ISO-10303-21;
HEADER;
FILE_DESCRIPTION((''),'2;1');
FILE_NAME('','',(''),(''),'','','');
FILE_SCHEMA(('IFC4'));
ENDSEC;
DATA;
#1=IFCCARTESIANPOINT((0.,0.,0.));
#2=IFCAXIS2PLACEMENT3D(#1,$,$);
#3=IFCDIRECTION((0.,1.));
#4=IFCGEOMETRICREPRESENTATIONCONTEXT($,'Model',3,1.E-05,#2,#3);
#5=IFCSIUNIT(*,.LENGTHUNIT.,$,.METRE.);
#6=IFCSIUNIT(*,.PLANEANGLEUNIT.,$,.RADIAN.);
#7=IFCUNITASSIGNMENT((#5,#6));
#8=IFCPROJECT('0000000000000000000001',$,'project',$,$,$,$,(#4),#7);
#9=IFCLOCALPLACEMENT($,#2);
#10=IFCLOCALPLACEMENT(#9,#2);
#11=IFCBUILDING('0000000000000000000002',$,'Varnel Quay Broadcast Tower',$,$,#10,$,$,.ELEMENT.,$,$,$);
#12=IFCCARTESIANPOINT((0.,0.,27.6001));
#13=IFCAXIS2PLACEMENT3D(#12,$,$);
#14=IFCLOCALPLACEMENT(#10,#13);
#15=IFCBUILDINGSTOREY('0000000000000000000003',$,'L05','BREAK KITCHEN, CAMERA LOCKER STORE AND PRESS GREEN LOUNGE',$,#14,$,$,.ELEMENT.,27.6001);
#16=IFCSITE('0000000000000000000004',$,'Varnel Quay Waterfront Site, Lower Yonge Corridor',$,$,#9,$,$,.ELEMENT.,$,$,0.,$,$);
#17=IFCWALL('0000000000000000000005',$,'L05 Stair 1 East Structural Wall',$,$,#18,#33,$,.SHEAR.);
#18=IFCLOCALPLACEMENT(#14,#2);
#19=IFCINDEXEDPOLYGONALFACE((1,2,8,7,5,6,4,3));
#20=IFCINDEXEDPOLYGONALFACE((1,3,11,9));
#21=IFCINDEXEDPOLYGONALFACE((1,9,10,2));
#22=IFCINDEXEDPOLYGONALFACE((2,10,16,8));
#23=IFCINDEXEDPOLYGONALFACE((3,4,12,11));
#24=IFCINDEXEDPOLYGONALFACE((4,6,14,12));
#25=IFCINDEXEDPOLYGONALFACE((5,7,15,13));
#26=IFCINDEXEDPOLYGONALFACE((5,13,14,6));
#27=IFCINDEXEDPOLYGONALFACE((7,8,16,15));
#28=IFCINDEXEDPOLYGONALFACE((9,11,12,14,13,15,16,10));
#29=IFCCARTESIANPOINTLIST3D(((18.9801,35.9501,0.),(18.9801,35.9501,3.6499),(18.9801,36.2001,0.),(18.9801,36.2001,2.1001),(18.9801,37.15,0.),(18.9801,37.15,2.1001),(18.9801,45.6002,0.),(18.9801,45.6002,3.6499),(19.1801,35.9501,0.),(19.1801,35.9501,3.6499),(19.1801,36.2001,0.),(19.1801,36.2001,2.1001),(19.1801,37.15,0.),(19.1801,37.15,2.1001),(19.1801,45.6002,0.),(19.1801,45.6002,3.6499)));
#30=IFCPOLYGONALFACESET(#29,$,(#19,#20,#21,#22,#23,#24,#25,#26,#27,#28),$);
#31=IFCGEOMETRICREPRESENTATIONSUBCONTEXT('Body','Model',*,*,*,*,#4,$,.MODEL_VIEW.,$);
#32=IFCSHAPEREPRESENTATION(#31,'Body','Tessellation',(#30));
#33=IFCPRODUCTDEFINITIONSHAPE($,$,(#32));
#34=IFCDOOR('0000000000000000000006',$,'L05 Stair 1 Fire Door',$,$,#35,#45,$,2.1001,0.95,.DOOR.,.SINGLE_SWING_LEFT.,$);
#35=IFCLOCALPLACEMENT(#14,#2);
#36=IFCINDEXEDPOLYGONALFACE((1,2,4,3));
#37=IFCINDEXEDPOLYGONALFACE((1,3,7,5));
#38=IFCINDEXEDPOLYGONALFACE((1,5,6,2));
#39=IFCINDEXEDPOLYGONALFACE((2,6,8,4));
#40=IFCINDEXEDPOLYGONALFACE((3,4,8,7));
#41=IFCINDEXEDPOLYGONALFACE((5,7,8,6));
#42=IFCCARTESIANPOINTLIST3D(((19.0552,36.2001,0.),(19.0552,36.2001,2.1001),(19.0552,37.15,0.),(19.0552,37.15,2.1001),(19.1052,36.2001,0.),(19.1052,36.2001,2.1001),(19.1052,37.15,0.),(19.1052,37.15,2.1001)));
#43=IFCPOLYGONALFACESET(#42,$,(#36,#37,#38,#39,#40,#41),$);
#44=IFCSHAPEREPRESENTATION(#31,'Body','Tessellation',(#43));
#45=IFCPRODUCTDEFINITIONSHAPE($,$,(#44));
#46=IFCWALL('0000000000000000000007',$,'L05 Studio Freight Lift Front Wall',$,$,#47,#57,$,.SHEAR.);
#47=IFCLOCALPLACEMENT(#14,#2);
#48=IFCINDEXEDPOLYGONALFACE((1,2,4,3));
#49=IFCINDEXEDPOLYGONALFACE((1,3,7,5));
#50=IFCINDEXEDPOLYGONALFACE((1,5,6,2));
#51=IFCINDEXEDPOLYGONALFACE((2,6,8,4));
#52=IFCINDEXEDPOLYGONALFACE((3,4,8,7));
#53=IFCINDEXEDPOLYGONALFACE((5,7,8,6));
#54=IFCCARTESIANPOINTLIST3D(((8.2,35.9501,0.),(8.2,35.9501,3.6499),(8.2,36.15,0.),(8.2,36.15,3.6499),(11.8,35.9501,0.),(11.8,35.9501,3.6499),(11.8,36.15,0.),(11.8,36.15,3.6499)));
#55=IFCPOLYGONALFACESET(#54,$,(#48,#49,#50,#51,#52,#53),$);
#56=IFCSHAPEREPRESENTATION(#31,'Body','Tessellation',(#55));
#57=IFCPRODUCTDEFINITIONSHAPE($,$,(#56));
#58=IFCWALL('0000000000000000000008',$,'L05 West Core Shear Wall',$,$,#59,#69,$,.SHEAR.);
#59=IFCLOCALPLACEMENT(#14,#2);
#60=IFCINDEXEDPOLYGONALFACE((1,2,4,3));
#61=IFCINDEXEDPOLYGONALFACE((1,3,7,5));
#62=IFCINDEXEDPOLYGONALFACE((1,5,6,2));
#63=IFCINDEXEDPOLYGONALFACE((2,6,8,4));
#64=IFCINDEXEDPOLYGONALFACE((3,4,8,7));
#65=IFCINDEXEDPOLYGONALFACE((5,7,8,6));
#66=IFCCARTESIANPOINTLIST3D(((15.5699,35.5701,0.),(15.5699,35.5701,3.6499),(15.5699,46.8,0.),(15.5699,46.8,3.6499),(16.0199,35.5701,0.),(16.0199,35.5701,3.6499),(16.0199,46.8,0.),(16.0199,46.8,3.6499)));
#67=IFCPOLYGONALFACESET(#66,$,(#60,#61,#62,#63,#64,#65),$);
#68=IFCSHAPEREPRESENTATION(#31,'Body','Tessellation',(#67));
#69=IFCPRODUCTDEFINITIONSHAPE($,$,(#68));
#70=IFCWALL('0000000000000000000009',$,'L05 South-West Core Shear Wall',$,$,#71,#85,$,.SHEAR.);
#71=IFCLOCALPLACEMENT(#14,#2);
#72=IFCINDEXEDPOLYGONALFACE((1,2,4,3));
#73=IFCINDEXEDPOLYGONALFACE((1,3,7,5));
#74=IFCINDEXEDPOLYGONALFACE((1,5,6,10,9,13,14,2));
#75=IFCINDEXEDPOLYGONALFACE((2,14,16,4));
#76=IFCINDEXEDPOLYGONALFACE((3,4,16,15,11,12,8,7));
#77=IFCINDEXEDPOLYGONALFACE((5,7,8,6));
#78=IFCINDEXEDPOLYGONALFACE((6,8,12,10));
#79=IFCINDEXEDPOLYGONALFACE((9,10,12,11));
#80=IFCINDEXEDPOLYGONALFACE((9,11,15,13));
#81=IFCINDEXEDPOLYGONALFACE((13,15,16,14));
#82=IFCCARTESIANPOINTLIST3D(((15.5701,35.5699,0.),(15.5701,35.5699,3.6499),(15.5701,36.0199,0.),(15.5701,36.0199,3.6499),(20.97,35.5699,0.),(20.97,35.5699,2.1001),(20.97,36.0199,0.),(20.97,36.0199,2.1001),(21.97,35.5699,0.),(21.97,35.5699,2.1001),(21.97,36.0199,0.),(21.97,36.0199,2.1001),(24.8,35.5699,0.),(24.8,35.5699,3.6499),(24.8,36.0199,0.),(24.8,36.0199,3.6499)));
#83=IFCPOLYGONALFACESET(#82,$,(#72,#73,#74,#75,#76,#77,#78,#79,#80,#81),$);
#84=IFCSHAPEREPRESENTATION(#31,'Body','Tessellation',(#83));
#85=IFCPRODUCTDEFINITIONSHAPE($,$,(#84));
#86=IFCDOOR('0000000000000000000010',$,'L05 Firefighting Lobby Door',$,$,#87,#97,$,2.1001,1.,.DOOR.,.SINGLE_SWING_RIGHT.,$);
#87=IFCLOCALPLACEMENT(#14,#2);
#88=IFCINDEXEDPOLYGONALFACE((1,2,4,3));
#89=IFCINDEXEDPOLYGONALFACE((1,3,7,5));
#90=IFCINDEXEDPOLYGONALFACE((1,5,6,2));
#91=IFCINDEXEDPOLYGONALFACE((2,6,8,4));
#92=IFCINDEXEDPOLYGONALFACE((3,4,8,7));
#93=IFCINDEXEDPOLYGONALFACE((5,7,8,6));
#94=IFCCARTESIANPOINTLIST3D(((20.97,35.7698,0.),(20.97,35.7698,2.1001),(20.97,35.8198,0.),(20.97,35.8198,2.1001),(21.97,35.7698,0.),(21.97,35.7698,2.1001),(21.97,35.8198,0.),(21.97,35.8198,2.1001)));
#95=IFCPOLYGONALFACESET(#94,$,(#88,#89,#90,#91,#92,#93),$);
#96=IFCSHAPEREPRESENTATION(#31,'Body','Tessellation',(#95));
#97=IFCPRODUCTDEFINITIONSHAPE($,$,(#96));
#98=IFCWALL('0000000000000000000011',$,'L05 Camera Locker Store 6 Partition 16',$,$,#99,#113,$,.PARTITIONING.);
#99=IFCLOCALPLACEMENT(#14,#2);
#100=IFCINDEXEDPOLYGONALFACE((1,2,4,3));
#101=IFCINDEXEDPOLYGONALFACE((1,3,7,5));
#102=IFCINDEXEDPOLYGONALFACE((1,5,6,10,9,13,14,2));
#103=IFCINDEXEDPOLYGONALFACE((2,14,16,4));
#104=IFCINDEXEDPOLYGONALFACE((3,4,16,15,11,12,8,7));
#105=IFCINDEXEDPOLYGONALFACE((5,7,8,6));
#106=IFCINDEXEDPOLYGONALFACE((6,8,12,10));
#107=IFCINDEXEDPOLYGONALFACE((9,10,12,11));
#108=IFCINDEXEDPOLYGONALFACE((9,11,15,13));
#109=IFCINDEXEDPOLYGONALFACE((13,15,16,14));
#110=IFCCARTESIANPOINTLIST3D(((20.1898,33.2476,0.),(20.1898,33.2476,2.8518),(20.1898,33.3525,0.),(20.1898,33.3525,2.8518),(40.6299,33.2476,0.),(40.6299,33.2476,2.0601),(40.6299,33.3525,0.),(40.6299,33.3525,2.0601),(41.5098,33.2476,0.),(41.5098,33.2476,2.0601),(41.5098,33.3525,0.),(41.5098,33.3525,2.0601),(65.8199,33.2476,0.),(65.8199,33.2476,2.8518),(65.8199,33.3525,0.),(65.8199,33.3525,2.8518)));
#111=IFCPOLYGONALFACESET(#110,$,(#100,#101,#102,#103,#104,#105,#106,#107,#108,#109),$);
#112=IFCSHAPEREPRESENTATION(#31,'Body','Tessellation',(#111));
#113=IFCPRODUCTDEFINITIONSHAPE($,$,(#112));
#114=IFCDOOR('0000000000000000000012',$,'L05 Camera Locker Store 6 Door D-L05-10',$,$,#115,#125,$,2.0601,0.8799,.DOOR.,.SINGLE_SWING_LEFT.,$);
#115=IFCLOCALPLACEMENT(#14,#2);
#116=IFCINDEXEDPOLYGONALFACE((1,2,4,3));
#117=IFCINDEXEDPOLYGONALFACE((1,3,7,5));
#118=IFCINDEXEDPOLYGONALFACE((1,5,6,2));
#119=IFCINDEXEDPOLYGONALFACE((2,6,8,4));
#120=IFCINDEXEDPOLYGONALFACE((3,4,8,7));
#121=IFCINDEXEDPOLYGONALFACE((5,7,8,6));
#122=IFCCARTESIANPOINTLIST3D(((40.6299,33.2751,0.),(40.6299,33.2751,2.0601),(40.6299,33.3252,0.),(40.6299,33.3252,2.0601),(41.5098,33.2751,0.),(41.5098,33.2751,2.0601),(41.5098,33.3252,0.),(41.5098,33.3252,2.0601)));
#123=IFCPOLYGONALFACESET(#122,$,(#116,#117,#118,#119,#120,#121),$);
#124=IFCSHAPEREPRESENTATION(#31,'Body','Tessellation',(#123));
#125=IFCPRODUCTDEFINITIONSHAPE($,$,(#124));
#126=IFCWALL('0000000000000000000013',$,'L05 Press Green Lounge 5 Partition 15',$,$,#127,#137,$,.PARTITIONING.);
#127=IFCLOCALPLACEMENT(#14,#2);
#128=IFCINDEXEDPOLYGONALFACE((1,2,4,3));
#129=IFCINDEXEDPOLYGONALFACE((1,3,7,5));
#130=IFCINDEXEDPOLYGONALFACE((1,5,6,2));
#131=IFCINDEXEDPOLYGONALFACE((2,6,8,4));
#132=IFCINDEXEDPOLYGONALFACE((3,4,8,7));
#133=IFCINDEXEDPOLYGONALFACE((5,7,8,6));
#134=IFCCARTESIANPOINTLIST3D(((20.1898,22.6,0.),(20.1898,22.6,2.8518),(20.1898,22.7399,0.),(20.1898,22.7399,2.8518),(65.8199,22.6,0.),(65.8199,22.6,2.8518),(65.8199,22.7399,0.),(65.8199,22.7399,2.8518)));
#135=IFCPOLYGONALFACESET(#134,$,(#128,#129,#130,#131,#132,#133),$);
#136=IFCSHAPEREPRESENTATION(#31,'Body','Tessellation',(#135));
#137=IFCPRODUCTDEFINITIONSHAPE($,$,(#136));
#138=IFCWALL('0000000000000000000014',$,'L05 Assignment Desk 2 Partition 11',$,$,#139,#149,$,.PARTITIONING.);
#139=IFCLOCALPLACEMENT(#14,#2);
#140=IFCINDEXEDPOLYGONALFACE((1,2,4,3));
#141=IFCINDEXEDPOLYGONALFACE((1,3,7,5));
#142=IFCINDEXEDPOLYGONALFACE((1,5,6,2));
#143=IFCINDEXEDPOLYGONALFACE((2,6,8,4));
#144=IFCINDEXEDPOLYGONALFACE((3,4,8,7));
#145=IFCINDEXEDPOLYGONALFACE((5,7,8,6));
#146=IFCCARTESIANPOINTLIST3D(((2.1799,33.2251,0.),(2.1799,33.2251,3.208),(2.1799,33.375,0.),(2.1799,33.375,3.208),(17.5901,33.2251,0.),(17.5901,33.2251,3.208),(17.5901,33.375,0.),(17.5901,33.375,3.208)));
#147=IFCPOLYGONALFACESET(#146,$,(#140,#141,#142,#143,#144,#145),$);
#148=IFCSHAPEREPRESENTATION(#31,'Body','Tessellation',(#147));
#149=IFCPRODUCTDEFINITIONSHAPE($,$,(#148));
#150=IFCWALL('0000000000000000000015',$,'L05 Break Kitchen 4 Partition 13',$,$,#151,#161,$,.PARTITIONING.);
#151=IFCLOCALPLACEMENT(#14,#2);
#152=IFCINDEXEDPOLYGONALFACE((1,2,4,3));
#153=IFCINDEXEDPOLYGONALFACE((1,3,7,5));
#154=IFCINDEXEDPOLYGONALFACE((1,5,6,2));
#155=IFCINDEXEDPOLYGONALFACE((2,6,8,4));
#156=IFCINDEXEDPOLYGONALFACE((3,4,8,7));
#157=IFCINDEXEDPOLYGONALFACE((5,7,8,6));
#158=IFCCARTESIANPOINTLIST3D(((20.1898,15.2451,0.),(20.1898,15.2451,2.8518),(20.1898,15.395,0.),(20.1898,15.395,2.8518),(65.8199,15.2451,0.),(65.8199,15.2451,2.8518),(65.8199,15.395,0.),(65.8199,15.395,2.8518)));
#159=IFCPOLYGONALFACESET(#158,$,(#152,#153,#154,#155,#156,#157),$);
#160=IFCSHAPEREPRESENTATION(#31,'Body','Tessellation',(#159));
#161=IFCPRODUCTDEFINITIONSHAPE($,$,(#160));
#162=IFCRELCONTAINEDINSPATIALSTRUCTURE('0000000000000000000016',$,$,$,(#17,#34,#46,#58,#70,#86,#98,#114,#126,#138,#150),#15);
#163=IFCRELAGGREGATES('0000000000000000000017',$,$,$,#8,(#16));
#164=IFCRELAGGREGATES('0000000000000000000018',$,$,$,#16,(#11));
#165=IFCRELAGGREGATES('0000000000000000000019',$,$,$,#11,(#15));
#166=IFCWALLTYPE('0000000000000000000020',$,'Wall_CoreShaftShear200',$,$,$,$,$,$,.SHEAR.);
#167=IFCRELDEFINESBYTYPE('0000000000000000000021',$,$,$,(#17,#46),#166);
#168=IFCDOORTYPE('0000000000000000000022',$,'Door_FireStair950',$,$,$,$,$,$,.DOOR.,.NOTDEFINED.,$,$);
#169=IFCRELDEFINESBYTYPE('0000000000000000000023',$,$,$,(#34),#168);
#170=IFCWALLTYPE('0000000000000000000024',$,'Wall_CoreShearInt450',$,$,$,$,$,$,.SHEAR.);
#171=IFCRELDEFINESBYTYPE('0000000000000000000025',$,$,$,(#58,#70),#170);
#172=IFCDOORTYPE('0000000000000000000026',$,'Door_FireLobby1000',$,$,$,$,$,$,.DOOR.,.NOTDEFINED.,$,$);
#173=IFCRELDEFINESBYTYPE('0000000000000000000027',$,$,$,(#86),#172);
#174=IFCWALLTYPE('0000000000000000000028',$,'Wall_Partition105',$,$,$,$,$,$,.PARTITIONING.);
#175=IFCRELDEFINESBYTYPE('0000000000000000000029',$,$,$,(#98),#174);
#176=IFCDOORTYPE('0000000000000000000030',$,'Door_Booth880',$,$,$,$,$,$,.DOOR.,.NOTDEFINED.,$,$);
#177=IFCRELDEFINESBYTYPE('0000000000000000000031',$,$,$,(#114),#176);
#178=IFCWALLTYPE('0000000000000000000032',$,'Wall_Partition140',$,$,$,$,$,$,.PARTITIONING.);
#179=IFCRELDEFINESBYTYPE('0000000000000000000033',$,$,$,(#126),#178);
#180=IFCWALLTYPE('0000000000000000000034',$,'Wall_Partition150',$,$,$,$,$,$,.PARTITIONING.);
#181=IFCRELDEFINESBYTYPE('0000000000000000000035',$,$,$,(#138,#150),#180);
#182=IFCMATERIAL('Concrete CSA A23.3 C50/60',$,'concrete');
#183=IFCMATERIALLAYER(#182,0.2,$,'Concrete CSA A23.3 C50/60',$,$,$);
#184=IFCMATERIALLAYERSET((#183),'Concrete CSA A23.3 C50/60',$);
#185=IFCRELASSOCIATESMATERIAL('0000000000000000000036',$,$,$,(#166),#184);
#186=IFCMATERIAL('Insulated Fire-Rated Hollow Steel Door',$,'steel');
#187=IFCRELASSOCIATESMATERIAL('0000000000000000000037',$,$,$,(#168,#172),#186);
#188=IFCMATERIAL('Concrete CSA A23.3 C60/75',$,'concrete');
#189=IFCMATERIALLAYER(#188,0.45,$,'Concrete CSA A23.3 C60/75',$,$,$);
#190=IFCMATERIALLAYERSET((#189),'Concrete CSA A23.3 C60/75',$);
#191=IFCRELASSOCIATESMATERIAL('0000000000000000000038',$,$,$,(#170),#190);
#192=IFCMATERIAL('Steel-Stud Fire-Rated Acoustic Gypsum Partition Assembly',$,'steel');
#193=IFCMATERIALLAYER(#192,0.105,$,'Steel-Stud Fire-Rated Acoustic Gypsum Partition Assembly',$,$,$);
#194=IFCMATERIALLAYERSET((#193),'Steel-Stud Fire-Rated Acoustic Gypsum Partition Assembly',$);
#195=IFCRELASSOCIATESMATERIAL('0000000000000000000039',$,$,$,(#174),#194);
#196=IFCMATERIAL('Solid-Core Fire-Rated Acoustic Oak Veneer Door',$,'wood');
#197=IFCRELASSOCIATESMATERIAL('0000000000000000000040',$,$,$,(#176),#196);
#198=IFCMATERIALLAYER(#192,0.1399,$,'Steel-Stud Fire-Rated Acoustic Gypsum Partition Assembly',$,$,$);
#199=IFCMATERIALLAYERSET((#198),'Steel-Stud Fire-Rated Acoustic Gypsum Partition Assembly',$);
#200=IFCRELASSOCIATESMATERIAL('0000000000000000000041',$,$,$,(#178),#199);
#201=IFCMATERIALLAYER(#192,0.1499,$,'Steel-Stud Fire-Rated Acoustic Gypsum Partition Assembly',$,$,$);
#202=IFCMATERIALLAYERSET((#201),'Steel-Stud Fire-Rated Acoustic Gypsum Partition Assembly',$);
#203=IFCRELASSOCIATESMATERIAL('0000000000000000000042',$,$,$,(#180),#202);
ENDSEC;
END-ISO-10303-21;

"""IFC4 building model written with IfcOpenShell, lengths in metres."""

from ifc_helpers import new_model, si_unit, direction, frame, frame_2d, origin, place, context, subcontext, project, spatial, rectangle, extrude, source, transform, mapped, material, layer, layer_set, type_object, type_shapes, element, fill, save


model = new_model("IFC4")

# Units and contexts
model_context = context("Model", 3, precision=1e-05, world=origin(), true_north=direction((0.0, 1.0)))
body_context = subcontext(model_context, "Body", "Model", "MODEL_VIEW")
ifc_project = project(units=[si_unit("LENGTHUNIT", "METRE"), si_unit("PLANEANGLEUNIT", "RADIAN")], contexts=[model_context])

# Site, building, storey
site_placement = place(None, origin())
site = spatial("IfcSite", under=ifc_project, at=site_placement, Name="Varnel Quay Waterfront Site, Lower Yonge Corridor", CompositionType="ELEMENT", RefElevation=0.0)
building_placement = place(site_placement, origin())
building = spatial("IfcBuilding", under=site, at=building_placement, Name="Varnel Quay Broadcast Tower", CompositionType="ELEMENT")
storey_placement = place(building_placement, frame((0.0, 0.0, 27.6001)))
storey = spatial("IfcBuildingStorey", under=building, at=storey_placement, Name="L05", Description="BREAK KITCHEN, CAMERA LOCKER STORE AND PRESS GREEN LOUNGE", CompositionType="ELEMENT", Elevation=27.6001)

# Shared definitions
ifc_material_1 = material(Name="Concrete CSA A23.3 C60/75", Category="concrete")

# Wall, opening, door
ifc_material_2 = material(Name="Concrete CSA A23.3 C50/60", Category="concrete")
ifc_layer_1 = layer(ifc_material_2, 0.2, Name="Concrete CSA A23.3 C50/60")
ifc_layer_set_1 = layer_set([ifc_layer_1], Name="Concrete CSA A23.3 C50/60")
wall_type_1 = type_object("IfcWallType", Name="Wall_CoreShaftShear200", PredefinedType="SHEAR", material=ifc_layer_set_1)
wall_1_placement = place(storey_placement, frame((19.0801, 35.95, 0.0), z_axis=(0.0, 0.0, 1.0), x_axis=(0.0, 1.0, 0.0)))
wall_1 = element("IfcWall", 1, at=wall_1_placement, inside=storey, type_object=wall_type_1, Name="L05 Stair 1 East Structural Wall", PredefinedType="SHEAR", context=body_context, shape_type="SweptSolid", body=[
    extrude(rectangle(XDim=9.6501, YDim=0.2, at=frame_2d((4.8252, 0.0))), origin(), (0.0, 0.0, 1.0), 3.6499),
])
opening_1_placement = place(wall_1_placement, frame((0.25, 0.0, 0.0)))
opening_1 = element("IfcOpeningElement", 2, at=opening_1_placement, cuts=wall_1, PredefinedType="OPENING", context=body_context, shape_type="SweptSolid", body=[
    extrude(rectangle(XDim=0.95, YDim=2.1001, at=frame_2d((0.4751, 1.05))), frame((0.0, 0.1099, 0.0), z_axis=(0.0, -1.0, 0.0), x_axis=(1.0, 0.0, 0.0)), (0.0, 0.0, 1.0), 0.22),
])
ifc_material_3 = material(Name="Insulated Fire-Rated Hollow Steel Door", Category="steel")
door_type_1 = type_object("IfcDoorType", Name="Door_FireStair950", OperationType="NOTDEFINED", PredefinedType="DOOR", material=ifc_material_3)
shared_shape_1 = source(origin(), body_context, "Body", "SweptSolid", [
    extrude(rectangle(XDim=0.95, YDim=2.1001, at=frame_2d((0.4751, 1.05))), frame((0.0, 0.0249, 0.0), z_axis=(0.0, -1.0, 0.0), x_axis=(1.0, 0.0, 0.0)), (0.0, 0.0, 1.0), 0.05),
])
type_shapes(door_type_1, [shared_shape_1])
door_1_placement = place(opening_1_placement, origin())
door_1 = element("IfcDoor", 3, at=door_1_placement, inside=storey, type_object=door_type_1, Name="L05 Stair 1 Fire Door", OperationType="SINGLE_SWING_LEFT", OverallHeight=2.1001, OverallWidth=0.95, PredefinedType="DOOR", context=body_context, shape_type="MappedRepresentation", body=[
    mapped(shared_shape_1, transform((0.0, 0.0, 0.0), x_axis=(1.0, 0.0, 0.0), y_axis=(0.0, 1.0, 0.0), z_axis=(0.0, 0.0, 1.0), scale=1.0)),
])
fill(opening_1, door_1)

# Walls
wall_2_placement = place(storey_placement, frame((8.2, 36.05, 0.0), z_axis=(0.0, 0.0, 1.0), x_axis=(1.0, 0.0, 0.0)))
element("IfcWall", 4, at=wall_2_placement, inside=storey, type_object=wall_type_1, Name="L05 Studio Freight Lift Front Wall", PredefinedType="SHEAR", context=body_context, shape_type="SweptSolid", body=[
    extrude(rectangle(XDim=3.6001, YDim=0.2, at=frame_2d((1.8, 0.0))), origin(), (0.0, 0.0, 1.0), 3.6499),
])
ifc_layer_2 = layer(ifc_material_1, 0.45, Name="Concrete CSA A23.3 C60/75")
ifc_layer_set_2 = layer_set([ifc_layer_2], Name="Concrete CSA A23.3 C60/75")
wall_type_2 = type_object("IfcWallType", Name="Wall_CoreShearInt450", PredefinedType="SHEAR", material=ifc_layer_set_2)
wall_3_placement = place(storey_placement, frame((15.7949, 35.5701, 0.0), z_axis=(0.0, 0.0, 1.0), x_axis=(0.0, 1.0, 0.0)))
element("IfcWall", 5, at=wall_3_placement, inside=storey, type_object=wall_type_2, Name="L05 West Core Shear Wall", PredefinedType="SHEAR", context=body_context, shape_type="SweptSolid", body=[
    extrude(rectangle(XDim=11.23, YDim=0.45, at=frame_2d((5.615, 0.0))), origin(), (0.0, 0.0, 1.0), 3.6499),
])

# Walls, openings, doors
wall_4_placement = place(storey_placement, frame((15.5701, 35.7949, 0.0), z_axis=(0.0, 0.0, 1.0), x_axis=(1.0, 0.0, 0.0)))
wall_4 = element("IfcWall", 6, at=wall_4_placement, inside=storey, type_object=wall_type_2, Name="L05 South-West Core Shear Wall", PredefinedType="SHEAR", context=body_context, shape_type="SweptSolid", body=[
    extrude(rectangle(XDim=9.23, YDim=0.45, at=frame_2d((4.615, 0.0))), origin(), (0.0, 0.0, 1.0), 3.6499),
])
opening_2_placement = place(wall_4_placement, frame((5.3999, 0.0, 0.0)))
opening_2 = element("IfcOpeningElement", 7, at=opening_2_placement, cuts=wall_4, PredefinedType="OPENING", context=body_context, shape_type="SweptSolid", body=[
    extrude(rectangle(XDim=1.0, YDim=2.1001, at=frame_2d((0.5, 1.05))), frame((0.0, 0.2349, 0.0), z_axis=(0.0, -1.0, 0.0), x_axis=(1.0, 0.0, 0.0)), (0.0, 0.0, 1.0), 0.47),
])
door_type_2 = type_object("IfcDoorType", Name="Door_FireLobby1000", OperationType="NOTDEFINED", PredefinedType="DOOR", material=ifc_material_3)
shared_shape_2 = source(origin(), body_context, "Body", "SweptSolid", [
    extrude(rectangle(XDim=1.0, YDim=2.1001, at=frame_2d((0.5, 1.05))), frame((0.0, 0.0249, 0.0), z_axis=(0.0, -1.0, 0.0), x_axis=(1.0, 0.0, 0.0)), (0.0, 0.0, 1.0), 0.05),
])
type_shapes(door_type_2, [shared_shape_2])
door_2_placement = place(opening_2_placement, origin())
door_2 = element("IfcDoor", 8, at=door_2_placement, inside=storey, type_object=door_type_2, Name="L05 Firefighting Lobby Door", OperationType="SINGLE_SWING_RIGHT", OverallHeight=2.1001, OverallWidth=1.0, PredefinedType="DOOR", context=body_context, shape_type="MappedRepresentation", body=[
    mapped(shared_shape_2, transform((0.0, 0.0, 0.0), x_axis=(1.0, 0.0, 0.0), y_axis=(0.0, 1.0, 0.0), z_axis=(0.0, 0.0, 1.0), scale=1.0)),
])
fill(opening_2, door_2)
ifc_material_4 = material(Name="Steel-Stud Fire-Rated Acoustic Gypsum Partition Assembly", Category="steel")
ifc_layer_3 = layer(ifc_material_4, 0.105, Name="Steel-Stud Fire-Rated Acoustic Gypsum Partition Assembly")
ifc_layer_set_3 = layer_set([ifc_layer_3], Name="Steel-Stud Fire-Rated Acoustic Gypsum Partition Assembly")
wall_type_3 = type_object("IfcWallType", Name="Wall_Partition105", PredefinedType="PARTITIONING", material=ifc_layer_set_3)
wall_5_placement = place(storey_placement, frame((20.1899, 33.3, 0.0), z_axis=(0.0, 0.0, 1.0), x_axis=(1.0, 0.0, 0.0)))
wall_5 = element("IfcWall", 9, at=wall_5_placement, inside=storey, type_object=wall_type_3, Name="L05 Camera Locker Store 6 Partition 16", PredefinedType="PARTITIONING", context=body_context, shape_type="SweptSolid", body=[
    extrude(rectangle(XDim=45.6301, YDim=0.105, at=frame_2d((22.8149, 0.0))), origin(), (0.0, 0.0, 1.0), 2.8518),
])
opening_3_placement = place(wall_5_placement, frame((20.4399, 0.0, 0.0)))
opening_3 = element("IfcOpeningElement", 10, at=opening_3_placement, cuts=wall_5, PredefinedType="OPENING", context=body_context, shape_type="SweptSolid", body=[
    extrude(rectangle(XDim=0.8799, YDim=2.0601, at=frame_2d((0.4399, 1.03))), frame((0.0, 0.0625, 0.0), z_axis=(0.0, -1.0, 0.0), x_axis=(1.0, 0.0, 0.0)), (0.0, 0.0, 1.0), 0.125),
])
ifc_material_5 = material(Name="Solid-Core Fire-Rated Acoustic Oak Veneer Door", Category="wood")
door_type_3 = type_object("IfcDoorType", Name="Door_Booth880", OperationType="NOTDEFINED", PredefinedType="DOOR", material=ifc_material_5)
shared_shape_3 = source(origin(), body_context, "Body", "SweptSolid", [
    extrude(rectangle(XDim=0.8799, YDim=2.0601, at=frame_2d((0.4399, 1.03))), frame((0.0, 0.0249, 0.0), z_axis=(0.0, -1.0, 0.0), x_axis=(1.0, 0.0, 0.0)), (0.0, 0.0, 1.0), 0.05),
])
type_shapes(door_type_3, [shared_shape_3])
door_3_placement = place(opening_3_placement, frame((0.8799, 0.0, 0.0), z_axis=(0.0, 0.0, 1.0), x_axis=(-1.0, 0.0, 0.0)))
door_3 = element("IfcDoor", 11, at=door_3_placement, inside=storey, type_object=door_type_3, Name="L05 Camera Locker Store 6 Door D-L05-10", OperationType="SINGLE_SWING_LEFT", OverallHeight=2.0601, OverallWidth=0.8799, PredefinedType="DOOR", context=body_context, shape_type="MappedRepresentation", body=[
    mapped(shared_shape_3, transform((0.0, 0.0, 0.0), x_axis=(1.0, 0.0, 0.0), y_axis=(0.0, 1.0, 0.0), z_axis=(0.0, 0.0, 1.0), scale=1.0)),
])
fill(opening_3, door_3)

# Walls
ifc_layer_4 = layer(ifc_material_4, 0.1399, Name="Steel-Stud Fire-Rated Acoustic Gypsum Partition Assembly")
ifc_layer_set_4 = layer_set([ifc_layer_4], Name="Steel-Stud Fire-Rated Acoustic Gypsum Partition Assembly")
wall_type_4 = type_object("IfcWallType", Name="Wall_Partition140", PredefinedType="PARTITIONING", material=ifc_layer_set_4)
wall_6_placement = place(storey_placement, frame((20.1899, 22.6699, 0.0), z_axis=(0.0, 0.0, 1.0), x_axis=(1.0, 0.0, 0.0)))
element("IfcWall", 12, at=wall_6_placement, inside=storey, type_object=wall_type_4, Name="L05 Press Green Lounge 5 Partition 15", PredefinedType="PARTITIONING", context=body_context, shape_type="SweptSolid", body=[
    extrude(rectangle(XDim=45.6301, YDim=0.1399, at=frame_2d((22.8149, 0.0))), origin(), (0.0, 0.0, 1.0), 2.8518),
])
ifc_layer_5 = layer(ifc_material_4, 0.1499, Name="Steel-Stud Fire-Rated Acoustic Gypsum Partition Assembly")
ifc_layer_set_5 = layer_set([ifc_layer_5], Name="Steel-Stud Fire-Rated Acoustic Gypsum Partition Assembly")
wall_type_5 = type_object("IfcWallType", Name="Wall_Partition150", PredefinedType="PARTITIONING", material=ifc_layer_set_5)
wall_7_placement = place(storey_placement, frame((2.1799, 33.3, 0.0), z_axis=(0.0, 0.0, 1.0), x_axis=(1.0, 0.0, 0.0)))
element("IfcWall", 13, at=wall_7_placement, inside=storey, type_object=wall_type_5, Name="L05 Assignment Desk 2 Partition 11", PredefinedType="PARTITIONING", context=body_context, shape_type="SweptSolid", body=[
    extrude(rectangle(XDim=15.4102, YDim=0.1499, at=frame_2d((7.7051, 0.0))), origin(), (0.0, 0.0, 1.0), 3.208),
])
wall_8_placement = place(storey_placement, frame((20.1899, 15.3201, 0.0), z_axis=(0.0, 0.0, 1.0), x_axis=(1.0, 0.0, 0.0)))
element("IfcWall", 14, at=wall_8_placement, inside=storey, type_object=wall_type_5, Name="L05 Break Kitchen 4 Partition 13", PredefinedType="PARTITIONING", context=body_context, shape_type="SweptSolid", body=[
    extrude(rectangle(XDim=45.6301, YDim=0.1499, at=frame_2d((22.8149, 0.0))), origin(), (0.0, 0.0, 1.0), 2.8518),
])

save(model, "model.ifc")
